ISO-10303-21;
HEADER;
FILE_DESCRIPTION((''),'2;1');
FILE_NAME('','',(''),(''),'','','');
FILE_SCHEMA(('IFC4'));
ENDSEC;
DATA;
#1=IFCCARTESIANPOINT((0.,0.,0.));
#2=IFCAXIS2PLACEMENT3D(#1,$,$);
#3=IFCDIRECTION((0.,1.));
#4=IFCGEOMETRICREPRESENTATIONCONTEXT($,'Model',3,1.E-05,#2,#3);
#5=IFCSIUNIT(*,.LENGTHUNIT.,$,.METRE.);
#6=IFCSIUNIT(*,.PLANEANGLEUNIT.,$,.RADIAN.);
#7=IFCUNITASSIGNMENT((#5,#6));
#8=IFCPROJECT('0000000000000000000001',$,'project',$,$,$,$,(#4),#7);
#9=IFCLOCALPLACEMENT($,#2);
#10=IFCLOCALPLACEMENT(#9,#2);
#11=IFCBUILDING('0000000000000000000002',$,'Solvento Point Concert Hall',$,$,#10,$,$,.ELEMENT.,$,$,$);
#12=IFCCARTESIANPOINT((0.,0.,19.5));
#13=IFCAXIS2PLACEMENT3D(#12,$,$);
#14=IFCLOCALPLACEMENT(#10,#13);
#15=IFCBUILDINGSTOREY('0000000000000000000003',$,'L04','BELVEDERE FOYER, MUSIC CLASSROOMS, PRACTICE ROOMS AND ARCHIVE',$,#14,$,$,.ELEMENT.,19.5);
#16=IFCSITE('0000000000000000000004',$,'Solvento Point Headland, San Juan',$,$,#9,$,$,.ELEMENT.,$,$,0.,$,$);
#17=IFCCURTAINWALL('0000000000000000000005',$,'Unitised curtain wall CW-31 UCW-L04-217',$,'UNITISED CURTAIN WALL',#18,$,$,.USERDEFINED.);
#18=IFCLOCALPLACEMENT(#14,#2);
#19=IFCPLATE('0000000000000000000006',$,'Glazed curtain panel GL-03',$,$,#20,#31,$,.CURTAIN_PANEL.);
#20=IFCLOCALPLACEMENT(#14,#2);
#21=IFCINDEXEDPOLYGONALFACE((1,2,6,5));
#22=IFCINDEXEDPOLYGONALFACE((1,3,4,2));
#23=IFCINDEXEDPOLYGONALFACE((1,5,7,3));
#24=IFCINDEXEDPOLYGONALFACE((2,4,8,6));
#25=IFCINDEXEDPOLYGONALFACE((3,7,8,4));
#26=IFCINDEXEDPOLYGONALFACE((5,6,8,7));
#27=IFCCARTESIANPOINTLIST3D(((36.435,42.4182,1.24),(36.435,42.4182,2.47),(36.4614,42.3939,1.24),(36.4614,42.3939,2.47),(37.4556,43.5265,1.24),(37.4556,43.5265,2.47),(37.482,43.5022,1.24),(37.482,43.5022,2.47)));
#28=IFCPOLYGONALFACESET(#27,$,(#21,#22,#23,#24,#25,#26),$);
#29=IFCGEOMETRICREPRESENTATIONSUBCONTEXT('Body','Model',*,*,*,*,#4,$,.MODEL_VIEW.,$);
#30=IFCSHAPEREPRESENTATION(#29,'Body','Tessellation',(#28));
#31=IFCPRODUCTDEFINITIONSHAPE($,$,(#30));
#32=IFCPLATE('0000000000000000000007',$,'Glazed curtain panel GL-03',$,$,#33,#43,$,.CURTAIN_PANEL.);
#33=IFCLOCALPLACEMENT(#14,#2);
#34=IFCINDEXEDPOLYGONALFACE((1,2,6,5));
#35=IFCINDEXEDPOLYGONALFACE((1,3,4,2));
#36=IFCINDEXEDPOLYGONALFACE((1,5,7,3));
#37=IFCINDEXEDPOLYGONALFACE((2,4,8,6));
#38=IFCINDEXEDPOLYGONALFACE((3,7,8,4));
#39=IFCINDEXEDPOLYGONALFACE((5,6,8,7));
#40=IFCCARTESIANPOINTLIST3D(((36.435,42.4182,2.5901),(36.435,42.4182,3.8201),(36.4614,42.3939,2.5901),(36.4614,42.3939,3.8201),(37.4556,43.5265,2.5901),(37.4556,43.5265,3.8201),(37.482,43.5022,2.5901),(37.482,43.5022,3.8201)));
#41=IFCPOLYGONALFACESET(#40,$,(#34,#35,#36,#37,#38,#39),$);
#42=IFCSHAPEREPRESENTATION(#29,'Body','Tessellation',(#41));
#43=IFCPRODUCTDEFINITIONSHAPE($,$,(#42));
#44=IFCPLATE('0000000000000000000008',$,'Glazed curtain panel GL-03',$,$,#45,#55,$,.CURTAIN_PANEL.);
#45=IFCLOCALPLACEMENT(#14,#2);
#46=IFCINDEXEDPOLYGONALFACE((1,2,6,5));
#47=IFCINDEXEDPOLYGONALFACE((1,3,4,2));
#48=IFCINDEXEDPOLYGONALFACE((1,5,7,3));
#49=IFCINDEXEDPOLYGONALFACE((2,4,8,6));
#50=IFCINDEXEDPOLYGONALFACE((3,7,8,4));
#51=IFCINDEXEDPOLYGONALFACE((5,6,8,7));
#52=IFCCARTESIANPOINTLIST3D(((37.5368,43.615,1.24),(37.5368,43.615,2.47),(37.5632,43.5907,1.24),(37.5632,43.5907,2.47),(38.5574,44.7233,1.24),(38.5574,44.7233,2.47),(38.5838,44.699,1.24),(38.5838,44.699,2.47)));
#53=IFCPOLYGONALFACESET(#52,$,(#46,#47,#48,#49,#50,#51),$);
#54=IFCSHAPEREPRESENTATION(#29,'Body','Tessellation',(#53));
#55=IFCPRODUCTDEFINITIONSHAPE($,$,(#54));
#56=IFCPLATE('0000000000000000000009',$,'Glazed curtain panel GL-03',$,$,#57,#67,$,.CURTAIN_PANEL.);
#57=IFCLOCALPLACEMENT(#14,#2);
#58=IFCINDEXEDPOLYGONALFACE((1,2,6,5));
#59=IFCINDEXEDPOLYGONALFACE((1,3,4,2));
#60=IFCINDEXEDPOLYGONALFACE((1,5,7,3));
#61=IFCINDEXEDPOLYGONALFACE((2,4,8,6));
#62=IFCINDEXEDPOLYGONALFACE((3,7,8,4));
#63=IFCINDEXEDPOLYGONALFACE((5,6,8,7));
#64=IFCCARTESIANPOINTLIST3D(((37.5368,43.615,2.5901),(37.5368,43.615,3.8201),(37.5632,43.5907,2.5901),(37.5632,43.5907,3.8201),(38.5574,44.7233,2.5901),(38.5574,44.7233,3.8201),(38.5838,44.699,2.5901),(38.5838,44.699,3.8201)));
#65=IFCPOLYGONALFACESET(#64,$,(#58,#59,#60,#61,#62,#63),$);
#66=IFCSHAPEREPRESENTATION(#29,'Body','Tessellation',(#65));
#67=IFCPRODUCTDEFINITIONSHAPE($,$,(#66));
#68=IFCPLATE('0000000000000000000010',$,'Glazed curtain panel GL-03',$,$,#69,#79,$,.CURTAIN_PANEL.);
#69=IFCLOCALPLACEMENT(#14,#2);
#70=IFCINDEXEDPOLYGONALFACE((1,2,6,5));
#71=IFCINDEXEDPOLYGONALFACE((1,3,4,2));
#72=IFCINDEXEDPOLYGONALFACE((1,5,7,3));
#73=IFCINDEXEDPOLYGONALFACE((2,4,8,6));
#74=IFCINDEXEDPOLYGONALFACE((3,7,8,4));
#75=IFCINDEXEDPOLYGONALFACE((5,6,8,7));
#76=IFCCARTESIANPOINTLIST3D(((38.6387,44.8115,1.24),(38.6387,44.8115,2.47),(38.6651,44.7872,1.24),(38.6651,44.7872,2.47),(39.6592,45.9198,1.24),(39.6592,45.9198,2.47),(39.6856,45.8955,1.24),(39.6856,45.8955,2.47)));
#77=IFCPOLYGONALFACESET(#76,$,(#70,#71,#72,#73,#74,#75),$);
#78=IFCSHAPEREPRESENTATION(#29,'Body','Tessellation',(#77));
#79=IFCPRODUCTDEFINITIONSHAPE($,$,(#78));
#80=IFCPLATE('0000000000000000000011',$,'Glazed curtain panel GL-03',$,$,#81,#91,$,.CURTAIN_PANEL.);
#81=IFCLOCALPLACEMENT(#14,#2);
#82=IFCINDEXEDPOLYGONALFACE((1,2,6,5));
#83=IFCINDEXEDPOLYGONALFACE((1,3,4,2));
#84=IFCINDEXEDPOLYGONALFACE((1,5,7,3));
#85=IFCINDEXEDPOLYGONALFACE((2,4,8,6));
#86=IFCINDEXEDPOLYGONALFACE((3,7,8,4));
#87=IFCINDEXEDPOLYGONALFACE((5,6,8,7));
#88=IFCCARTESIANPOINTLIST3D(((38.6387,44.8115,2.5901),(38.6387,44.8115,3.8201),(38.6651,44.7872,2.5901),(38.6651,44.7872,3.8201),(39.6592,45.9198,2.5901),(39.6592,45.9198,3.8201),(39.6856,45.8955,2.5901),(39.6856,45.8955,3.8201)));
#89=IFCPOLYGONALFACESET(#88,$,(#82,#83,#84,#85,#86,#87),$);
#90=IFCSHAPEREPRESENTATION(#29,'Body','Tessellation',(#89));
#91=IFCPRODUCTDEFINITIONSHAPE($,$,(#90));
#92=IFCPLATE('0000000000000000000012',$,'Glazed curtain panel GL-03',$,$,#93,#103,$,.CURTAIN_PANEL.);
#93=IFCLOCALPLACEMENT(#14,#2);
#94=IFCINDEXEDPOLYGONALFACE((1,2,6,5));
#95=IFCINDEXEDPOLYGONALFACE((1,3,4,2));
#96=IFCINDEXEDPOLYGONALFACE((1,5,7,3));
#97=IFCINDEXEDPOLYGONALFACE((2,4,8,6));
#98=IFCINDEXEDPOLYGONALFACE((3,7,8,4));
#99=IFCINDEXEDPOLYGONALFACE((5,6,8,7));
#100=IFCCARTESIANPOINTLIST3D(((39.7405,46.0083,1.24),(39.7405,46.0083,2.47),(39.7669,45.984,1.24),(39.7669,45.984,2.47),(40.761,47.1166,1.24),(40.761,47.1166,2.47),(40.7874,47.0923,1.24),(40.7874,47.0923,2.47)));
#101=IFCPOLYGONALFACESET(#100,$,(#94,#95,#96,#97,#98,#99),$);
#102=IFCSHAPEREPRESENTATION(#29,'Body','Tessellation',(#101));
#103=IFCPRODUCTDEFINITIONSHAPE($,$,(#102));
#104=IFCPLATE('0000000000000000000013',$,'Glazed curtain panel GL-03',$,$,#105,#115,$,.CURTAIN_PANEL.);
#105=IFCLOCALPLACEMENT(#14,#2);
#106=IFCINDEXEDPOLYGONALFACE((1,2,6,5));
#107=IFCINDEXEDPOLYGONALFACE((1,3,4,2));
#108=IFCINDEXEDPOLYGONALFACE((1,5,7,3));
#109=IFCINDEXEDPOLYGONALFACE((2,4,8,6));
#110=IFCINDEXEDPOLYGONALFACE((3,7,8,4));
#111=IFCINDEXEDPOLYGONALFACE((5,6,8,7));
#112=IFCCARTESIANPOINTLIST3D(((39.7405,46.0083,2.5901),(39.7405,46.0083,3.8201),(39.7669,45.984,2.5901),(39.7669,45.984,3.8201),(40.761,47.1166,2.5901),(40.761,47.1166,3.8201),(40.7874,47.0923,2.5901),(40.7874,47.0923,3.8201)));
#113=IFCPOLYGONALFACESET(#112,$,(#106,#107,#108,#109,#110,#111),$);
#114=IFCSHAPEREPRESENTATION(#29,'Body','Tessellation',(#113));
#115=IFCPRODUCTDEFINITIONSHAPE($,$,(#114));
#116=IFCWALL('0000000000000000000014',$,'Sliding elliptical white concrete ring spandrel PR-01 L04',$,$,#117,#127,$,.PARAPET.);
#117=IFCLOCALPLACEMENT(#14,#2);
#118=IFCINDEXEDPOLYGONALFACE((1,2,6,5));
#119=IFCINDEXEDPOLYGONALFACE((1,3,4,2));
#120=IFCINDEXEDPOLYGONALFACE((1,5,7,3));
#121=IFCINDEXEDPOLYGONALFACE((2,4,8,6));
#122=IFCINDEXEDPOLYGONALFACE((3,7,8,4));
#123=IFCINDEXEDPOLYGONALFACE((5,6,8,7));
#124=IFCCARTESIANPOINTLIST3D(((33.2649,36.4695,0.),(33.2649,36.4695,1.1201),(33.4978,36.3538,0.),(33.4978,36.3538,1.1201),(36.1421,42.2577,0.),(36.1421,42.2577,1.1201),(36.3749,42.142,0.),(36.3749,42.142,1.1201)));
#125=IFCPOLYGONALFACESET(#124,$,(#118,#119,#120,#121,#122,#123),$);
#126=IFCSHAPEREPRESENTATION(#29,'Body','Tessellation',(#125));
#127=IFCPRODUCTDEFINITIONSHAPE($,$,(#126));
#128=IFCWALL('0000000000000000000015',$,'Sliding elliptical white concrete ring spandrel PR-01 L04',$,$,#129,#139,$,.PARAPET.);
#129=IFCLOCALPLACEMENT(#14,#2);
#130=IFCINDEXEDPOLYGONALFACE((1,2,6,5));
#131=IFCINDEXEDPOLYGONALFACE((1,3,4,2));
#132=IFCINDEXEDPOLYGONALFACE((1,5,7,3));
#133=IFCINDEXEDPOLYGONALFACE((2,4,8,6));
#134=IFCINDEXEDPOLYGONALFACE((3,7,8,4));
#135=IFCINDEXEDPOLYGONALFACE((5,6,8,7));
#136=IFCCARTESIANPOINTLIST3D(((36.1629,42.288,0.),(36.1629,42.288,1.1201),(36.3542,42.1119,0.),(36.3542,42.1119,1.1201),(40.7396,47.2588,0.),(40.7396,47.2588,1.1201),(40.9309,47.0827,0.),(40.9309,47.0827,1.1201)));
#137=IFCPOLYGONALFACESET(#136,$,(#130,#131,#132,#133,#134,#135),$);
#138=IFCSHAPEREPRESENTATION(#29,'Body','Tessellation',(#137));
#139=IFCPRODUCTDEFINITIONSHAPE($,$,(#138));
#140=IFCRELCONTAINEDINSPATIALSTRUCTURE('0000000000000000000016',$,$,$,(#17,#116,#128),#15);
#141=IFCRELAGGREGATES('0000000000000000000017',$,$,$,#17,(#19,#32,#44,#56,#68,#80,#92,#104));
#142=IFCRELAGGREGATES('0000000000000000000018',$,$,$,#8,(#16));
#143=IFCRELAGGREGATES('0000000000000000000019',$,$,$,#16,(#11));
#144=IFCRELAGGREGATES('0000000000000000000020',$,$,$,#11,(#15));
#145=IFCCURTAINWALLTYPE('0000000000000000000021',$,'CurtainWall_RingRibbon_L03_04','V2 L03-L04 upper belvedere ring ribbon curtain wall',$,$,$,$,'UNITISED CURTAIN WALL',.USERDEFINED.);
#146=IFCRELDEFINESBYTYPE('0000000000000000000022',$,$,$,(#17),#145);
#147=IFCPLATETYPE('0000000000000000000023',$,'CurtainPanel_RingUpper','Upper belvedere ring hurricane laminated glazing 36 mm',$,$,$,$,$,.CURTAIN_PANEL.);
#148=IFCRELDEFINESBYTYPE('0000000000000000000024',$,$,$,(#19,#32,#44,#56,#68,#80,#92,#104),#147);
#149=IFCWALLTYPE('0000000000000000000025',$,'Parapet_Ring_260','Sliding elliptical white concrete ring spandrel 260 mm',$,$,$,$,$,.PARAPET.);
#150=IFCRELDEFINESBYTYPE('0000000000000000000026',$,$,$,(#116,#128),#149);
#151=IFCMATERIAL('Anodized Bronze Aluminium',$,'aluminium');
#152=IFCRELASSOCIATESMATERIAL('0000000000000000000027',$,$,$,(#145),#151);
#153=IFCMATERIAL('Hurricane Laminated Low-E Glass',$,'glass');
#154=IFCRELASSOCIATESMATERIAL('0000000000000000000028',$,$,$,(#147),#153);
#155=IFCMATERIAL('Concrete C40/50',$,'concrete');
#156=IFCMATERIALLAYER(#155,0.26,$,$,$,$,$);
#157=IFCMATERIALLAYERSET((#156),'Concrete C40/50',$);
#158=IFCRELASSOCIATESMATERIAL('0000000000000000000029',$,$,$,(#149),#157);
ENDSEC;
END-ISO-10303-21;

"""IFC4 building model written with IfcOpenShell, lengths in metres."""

from ifc_helpers import new_model, si_unit, direction, frame, frame_2d, origin, origin_2d, place, context, subcontext, project, spatial, rectangle, extrude, material, layer, layer_set, type_object, element, aggregate, save


model = new_model("IFC4")

# Units and contexts
model_context = context("Model", 3, precision=1e-05, world=origin(), true_north=direction((0.0, 1.0)))
body_context = subcontext(model_context, "Body", "Model", "MODEL_VIEW")
ifc_project = project(units=[si_unit("LENGTHUNIT", "METRE"), si_unit("PLANEANGLEUNIT", "RADIAN")], contexts=[model_context])

# Site, building, storey
site_placement = place(None, origin())
site = spatial("IfcSite", under=ifc_project, at=site_placement, Name="Solvento Point Headland, San Juan", CompositionType="ELEMENT", RefElevation=0.0)
building_placement = place(site_placement, origin())
building = spatial("IfcBuilding", under=site, at=building_placement, Name="Solvento Point Concert Hall", CompositionType="ELEMENT")
storey_placement = place(building_placement, frame((0.0, 0.0, 19.5)))
storey = spatial("IfcBuildingStorey", under=building, at=storey_placement, Name="L04", Description="BELVEDERE FOYER, MUSIC CLASSROOMS, PRACTICE ROOMS AND ARCHIVE", CompositionType="ELEMENT", Elevation=19.5)

# Curtain wall
ifc_material_1 = material(Name="Anodized Bronze Aluminium", Category="aluminium")
curtain_wall_type = type_object("IfcCurtainWallType", Name="CurtainWall_RingRibbon_L03_04", Description="V2 L03-L04 upper belvedere ring ribbon curtain wall", ElementType="UNITISED CURTAIN WALL", PredefinedType="USERDEFINED", material=ifc_material_1)
curtain_wall_1_placement = place(storey_placement, origin())
curtain_wall_1 = element("IfcCurtainWall", 1, at=curtain_wall_1_placement, inside=storey, type_object=curtain_wall_type, Name="Unitised curtain wall CW-31 UCW-L04-217", ObjectType="UNITISED CURTAIN WALL", PredefinedType="USERDEFINED")

# Plates
ifc_material_2 = material(Name="Hurricane Laminated Low-E Glass", Category="glass")
plate_type = type_object("IfcPlateType", Name="CurtainPanel_RingUpper", Description="Upper belvedere ring hurricane laminated glazing 36 mm", PredefinedType="CURTAIN_PANEL", material=ifc_material_2)
plate_1_placement = place(storey_placement, frame((36.9585, 42.9602, 1.24), z_axis=(0.0, 0.0, 1.0), x_axis=(0.677365, 0.735647, 0.0)))
plate_1 = element("IfcPlate", 2, at=plate_1_placement, type_object=plate_type, Name="Glazed curtain panel GL-03", PredefinedType="CURTAIN_PANEL", context=body_context, shape_type="SweptSolid", body=[
    extrude(rectangle(XDim=1.5066, YDim=0.0359, at=origin_2d()), origin(), (0.0, 0.0, 1.0), 1.23),
])
plate_2_placement = place(storey_placement, frame((36.9585, 42.9602, 2.5901), z_axis=(0.0, 0.0, 1.0), x_axis=(0.677365, 0.735647, 0.0)))
plate_2 = element("IfcPlate", 3, at=plate_2_placement, type_object=plate_type, Name="Glazed curtain panel GL-03", PredefinedType="CURTAIN_PANEL", context=body_context, shape_type="SweptSolid", body=[
    extrude(rectangle(XDim=1.5066, YDim=0.0359, at=origin_2d()), origin(), (0.0, 0.0, 1.0), 1.23),
])
plate_3_placement = place(storey_placement, frame((38.0603, 44.157, 1.24), z_axis=(0.0, 0.0, 1.0), x_axis=(0.677365, 0.735647, 0.0)))
plate_3 = element("IfcPlate", 4, at=plate_3_placement, type_object=plate_type, Name="Glazed curtain panel GL-03", PredefinedType="CURTAIN_PANEL", context=body_context, shape_type="SweptSolid", body=[
    extrude(rectangle(XDim=1.5066, YDim=0.0359, at=origin_2d()), origin(), (0.0, 0.0, 1.0), 1.23),
])
plate_4_placement = place(storey_placement, frame((38.0603, 44.157, 2.5901), z_axis=(0.0, 0.0, 1.0), x_axis=(0.677365, 0.735647, 0.0)))
plate_4 = element("IfcPlate", 5, at=plate_4_placement, type_object=plate_type, Name="Glazed curtain panel GL-03", PredefinedType="CURTAIN_PANEL", context=body_context, shape_type="SweptSolid", body=[
    extrude(rectangle(XDim=1.5066, YDim=0.0359, at=origin_2d()), origin(), (0.0, 0.0, 1.0), 1.23),
])
plate_5_placement = place(storey_placement, frame((39.1621, 45.3535, 1.24), z_axis=(0.0, 0.0, 1.0), x_axis=(0.677365, 0.735647, 0.0)))
plate_5 = element("IfcPlate", 6, at=plate_5_placement, type_object=plate_type, Name="Glazed curtain panel GL-03", PredefinedType="CURTAIN_PANEL", context=body_context, shape_type="SweptSolid", body=[
    extrude(rectangle(XDim=1.5066, YDim=0.0359, at=origin_2d()), origin(), (0.0, 0.0, 1.0), 1.23),
])
plate_6_placement = place(storey_placement, frame((39.1621, 45.3535, 2.5901), z_axis=(0.0, 0.0, 1.0), x_axis=(0.677365, 0.735647, 0.0)))
plate_6 = element("IfcPlate", 7, at=plate_6_placement, type_object=plate_type, Name="Glazed curtain panel GL-03", PredefinedType="CURTAIN_PANEL", context=body_context, shape_type="SweptSolid", body=[
    extrude(rectangle(XDim=1.5066, YDim=0.0359, at=origin_2d()), origin(), (0.0, 0.0, 1.0), 1.23),
])
plate_7_placement = place(storey_placement, frame((40.2639, 46.5503, 1.24), z_axis=(0.0, 0.0, 1.0), x_axis=(0.677365, 0.735647, 0.0)))
plate_7 = element("IfcPlate", 8, at=plate_7_placement, type_object=plate_type, Name="Glazed curtain panel GL-03", PredefinedType="CURTAIN_PANEL", context=body_context, shape_type="SweptSolid", body=[
    extrude(rectangle(XDim=1.5066, YDim=0.0359, at=origin_2d()), origin(), (0.0, 0.0, 1.0), 1.23),
])
plate_8_placement = place(storey_placement, frame((40.2639, 46.5503, 2.5901), z_axis=(0.0, 0.0, 1.0), x_axis=(0.677365, 0.735647, 0.0)))
plate_8 = element("IfcPlate", 9, at=plate_8_placement, type_object=plate_type, Name="Glazed curtain panel GL-03", PredefinedType="CURTAIN_PANEL", context=body_context, shape_type="SweptSolid", body=[
    extrude(rectangle(XDim=1.5066, YDim=0.0359, at=origin_2d()), origin(), (0.0, 0.0, 1.0), 1.23),
])
aggregate(curtain_wall_1, [plate_1, plate_2, plate_3, plate_4, plate_5, plate_6, plate_7, plate_8])

# Walls
ifc_material_3 = material(Name="Concrete C40/50", Category="concrete")
ifc_layer = layer(ifc_material_3, 0.26)
ifc_layer_set = layer_set([ifc_layer], Name="Concrete C40/50")
wall_type = type_object("IfcWallType", Name="Parapet_Ring_260", Description="Sliding elliptical white concrete ring spandrel 260 mm", PredefinedType="PARAPET", material=ifc_layer_set)
wall_1_placement = place(storey_placement, frame((33.3813, 36.4116, 0.0), z_axis=(0.0, 0.0, 1.0), x_axis=(0.445112, 0.895475, 0.0)))
element("IfcWall", 10, at=wall_1_placement, inside=storey, type_object=wall_type, Name="Sliding elliptical white concrete ring spandrel PR-01 L04", PredefinedType="PARAPET", context=body_context, shape_type="SweptSolid", body=[
    extrude(rectangle(XDim=6.4639, YDim=0.26, at=frame_2d((3.2319, 0.0))), origin(), (0.0, 0.0, 1.0), 1.1201),
])
wall_2_placement = place(storey_placement, frame((36.2585, 42.2, 0.0), z_axis=(0.0, 0.0, 1.0), x_axis=(0.677346, 0.735664, 0.0)))
element("IfcWall", 11, at=wall_2_placement, inside=storey, type_object=wall_type, Name="Sliding elliptical white concrete ring spandrel PR-01 L04", PredefinedType="PARAPET", context=body_context, shape_type="SweptSolid", body=[
    extrude(rectangle(XDim=6.7568, YDim=0.26, at=frame_2d((3.3784, 0.0))), origin(), (0.0, 0.0, 1.0), 1.1201),
])

save(model, "model.ifc")
